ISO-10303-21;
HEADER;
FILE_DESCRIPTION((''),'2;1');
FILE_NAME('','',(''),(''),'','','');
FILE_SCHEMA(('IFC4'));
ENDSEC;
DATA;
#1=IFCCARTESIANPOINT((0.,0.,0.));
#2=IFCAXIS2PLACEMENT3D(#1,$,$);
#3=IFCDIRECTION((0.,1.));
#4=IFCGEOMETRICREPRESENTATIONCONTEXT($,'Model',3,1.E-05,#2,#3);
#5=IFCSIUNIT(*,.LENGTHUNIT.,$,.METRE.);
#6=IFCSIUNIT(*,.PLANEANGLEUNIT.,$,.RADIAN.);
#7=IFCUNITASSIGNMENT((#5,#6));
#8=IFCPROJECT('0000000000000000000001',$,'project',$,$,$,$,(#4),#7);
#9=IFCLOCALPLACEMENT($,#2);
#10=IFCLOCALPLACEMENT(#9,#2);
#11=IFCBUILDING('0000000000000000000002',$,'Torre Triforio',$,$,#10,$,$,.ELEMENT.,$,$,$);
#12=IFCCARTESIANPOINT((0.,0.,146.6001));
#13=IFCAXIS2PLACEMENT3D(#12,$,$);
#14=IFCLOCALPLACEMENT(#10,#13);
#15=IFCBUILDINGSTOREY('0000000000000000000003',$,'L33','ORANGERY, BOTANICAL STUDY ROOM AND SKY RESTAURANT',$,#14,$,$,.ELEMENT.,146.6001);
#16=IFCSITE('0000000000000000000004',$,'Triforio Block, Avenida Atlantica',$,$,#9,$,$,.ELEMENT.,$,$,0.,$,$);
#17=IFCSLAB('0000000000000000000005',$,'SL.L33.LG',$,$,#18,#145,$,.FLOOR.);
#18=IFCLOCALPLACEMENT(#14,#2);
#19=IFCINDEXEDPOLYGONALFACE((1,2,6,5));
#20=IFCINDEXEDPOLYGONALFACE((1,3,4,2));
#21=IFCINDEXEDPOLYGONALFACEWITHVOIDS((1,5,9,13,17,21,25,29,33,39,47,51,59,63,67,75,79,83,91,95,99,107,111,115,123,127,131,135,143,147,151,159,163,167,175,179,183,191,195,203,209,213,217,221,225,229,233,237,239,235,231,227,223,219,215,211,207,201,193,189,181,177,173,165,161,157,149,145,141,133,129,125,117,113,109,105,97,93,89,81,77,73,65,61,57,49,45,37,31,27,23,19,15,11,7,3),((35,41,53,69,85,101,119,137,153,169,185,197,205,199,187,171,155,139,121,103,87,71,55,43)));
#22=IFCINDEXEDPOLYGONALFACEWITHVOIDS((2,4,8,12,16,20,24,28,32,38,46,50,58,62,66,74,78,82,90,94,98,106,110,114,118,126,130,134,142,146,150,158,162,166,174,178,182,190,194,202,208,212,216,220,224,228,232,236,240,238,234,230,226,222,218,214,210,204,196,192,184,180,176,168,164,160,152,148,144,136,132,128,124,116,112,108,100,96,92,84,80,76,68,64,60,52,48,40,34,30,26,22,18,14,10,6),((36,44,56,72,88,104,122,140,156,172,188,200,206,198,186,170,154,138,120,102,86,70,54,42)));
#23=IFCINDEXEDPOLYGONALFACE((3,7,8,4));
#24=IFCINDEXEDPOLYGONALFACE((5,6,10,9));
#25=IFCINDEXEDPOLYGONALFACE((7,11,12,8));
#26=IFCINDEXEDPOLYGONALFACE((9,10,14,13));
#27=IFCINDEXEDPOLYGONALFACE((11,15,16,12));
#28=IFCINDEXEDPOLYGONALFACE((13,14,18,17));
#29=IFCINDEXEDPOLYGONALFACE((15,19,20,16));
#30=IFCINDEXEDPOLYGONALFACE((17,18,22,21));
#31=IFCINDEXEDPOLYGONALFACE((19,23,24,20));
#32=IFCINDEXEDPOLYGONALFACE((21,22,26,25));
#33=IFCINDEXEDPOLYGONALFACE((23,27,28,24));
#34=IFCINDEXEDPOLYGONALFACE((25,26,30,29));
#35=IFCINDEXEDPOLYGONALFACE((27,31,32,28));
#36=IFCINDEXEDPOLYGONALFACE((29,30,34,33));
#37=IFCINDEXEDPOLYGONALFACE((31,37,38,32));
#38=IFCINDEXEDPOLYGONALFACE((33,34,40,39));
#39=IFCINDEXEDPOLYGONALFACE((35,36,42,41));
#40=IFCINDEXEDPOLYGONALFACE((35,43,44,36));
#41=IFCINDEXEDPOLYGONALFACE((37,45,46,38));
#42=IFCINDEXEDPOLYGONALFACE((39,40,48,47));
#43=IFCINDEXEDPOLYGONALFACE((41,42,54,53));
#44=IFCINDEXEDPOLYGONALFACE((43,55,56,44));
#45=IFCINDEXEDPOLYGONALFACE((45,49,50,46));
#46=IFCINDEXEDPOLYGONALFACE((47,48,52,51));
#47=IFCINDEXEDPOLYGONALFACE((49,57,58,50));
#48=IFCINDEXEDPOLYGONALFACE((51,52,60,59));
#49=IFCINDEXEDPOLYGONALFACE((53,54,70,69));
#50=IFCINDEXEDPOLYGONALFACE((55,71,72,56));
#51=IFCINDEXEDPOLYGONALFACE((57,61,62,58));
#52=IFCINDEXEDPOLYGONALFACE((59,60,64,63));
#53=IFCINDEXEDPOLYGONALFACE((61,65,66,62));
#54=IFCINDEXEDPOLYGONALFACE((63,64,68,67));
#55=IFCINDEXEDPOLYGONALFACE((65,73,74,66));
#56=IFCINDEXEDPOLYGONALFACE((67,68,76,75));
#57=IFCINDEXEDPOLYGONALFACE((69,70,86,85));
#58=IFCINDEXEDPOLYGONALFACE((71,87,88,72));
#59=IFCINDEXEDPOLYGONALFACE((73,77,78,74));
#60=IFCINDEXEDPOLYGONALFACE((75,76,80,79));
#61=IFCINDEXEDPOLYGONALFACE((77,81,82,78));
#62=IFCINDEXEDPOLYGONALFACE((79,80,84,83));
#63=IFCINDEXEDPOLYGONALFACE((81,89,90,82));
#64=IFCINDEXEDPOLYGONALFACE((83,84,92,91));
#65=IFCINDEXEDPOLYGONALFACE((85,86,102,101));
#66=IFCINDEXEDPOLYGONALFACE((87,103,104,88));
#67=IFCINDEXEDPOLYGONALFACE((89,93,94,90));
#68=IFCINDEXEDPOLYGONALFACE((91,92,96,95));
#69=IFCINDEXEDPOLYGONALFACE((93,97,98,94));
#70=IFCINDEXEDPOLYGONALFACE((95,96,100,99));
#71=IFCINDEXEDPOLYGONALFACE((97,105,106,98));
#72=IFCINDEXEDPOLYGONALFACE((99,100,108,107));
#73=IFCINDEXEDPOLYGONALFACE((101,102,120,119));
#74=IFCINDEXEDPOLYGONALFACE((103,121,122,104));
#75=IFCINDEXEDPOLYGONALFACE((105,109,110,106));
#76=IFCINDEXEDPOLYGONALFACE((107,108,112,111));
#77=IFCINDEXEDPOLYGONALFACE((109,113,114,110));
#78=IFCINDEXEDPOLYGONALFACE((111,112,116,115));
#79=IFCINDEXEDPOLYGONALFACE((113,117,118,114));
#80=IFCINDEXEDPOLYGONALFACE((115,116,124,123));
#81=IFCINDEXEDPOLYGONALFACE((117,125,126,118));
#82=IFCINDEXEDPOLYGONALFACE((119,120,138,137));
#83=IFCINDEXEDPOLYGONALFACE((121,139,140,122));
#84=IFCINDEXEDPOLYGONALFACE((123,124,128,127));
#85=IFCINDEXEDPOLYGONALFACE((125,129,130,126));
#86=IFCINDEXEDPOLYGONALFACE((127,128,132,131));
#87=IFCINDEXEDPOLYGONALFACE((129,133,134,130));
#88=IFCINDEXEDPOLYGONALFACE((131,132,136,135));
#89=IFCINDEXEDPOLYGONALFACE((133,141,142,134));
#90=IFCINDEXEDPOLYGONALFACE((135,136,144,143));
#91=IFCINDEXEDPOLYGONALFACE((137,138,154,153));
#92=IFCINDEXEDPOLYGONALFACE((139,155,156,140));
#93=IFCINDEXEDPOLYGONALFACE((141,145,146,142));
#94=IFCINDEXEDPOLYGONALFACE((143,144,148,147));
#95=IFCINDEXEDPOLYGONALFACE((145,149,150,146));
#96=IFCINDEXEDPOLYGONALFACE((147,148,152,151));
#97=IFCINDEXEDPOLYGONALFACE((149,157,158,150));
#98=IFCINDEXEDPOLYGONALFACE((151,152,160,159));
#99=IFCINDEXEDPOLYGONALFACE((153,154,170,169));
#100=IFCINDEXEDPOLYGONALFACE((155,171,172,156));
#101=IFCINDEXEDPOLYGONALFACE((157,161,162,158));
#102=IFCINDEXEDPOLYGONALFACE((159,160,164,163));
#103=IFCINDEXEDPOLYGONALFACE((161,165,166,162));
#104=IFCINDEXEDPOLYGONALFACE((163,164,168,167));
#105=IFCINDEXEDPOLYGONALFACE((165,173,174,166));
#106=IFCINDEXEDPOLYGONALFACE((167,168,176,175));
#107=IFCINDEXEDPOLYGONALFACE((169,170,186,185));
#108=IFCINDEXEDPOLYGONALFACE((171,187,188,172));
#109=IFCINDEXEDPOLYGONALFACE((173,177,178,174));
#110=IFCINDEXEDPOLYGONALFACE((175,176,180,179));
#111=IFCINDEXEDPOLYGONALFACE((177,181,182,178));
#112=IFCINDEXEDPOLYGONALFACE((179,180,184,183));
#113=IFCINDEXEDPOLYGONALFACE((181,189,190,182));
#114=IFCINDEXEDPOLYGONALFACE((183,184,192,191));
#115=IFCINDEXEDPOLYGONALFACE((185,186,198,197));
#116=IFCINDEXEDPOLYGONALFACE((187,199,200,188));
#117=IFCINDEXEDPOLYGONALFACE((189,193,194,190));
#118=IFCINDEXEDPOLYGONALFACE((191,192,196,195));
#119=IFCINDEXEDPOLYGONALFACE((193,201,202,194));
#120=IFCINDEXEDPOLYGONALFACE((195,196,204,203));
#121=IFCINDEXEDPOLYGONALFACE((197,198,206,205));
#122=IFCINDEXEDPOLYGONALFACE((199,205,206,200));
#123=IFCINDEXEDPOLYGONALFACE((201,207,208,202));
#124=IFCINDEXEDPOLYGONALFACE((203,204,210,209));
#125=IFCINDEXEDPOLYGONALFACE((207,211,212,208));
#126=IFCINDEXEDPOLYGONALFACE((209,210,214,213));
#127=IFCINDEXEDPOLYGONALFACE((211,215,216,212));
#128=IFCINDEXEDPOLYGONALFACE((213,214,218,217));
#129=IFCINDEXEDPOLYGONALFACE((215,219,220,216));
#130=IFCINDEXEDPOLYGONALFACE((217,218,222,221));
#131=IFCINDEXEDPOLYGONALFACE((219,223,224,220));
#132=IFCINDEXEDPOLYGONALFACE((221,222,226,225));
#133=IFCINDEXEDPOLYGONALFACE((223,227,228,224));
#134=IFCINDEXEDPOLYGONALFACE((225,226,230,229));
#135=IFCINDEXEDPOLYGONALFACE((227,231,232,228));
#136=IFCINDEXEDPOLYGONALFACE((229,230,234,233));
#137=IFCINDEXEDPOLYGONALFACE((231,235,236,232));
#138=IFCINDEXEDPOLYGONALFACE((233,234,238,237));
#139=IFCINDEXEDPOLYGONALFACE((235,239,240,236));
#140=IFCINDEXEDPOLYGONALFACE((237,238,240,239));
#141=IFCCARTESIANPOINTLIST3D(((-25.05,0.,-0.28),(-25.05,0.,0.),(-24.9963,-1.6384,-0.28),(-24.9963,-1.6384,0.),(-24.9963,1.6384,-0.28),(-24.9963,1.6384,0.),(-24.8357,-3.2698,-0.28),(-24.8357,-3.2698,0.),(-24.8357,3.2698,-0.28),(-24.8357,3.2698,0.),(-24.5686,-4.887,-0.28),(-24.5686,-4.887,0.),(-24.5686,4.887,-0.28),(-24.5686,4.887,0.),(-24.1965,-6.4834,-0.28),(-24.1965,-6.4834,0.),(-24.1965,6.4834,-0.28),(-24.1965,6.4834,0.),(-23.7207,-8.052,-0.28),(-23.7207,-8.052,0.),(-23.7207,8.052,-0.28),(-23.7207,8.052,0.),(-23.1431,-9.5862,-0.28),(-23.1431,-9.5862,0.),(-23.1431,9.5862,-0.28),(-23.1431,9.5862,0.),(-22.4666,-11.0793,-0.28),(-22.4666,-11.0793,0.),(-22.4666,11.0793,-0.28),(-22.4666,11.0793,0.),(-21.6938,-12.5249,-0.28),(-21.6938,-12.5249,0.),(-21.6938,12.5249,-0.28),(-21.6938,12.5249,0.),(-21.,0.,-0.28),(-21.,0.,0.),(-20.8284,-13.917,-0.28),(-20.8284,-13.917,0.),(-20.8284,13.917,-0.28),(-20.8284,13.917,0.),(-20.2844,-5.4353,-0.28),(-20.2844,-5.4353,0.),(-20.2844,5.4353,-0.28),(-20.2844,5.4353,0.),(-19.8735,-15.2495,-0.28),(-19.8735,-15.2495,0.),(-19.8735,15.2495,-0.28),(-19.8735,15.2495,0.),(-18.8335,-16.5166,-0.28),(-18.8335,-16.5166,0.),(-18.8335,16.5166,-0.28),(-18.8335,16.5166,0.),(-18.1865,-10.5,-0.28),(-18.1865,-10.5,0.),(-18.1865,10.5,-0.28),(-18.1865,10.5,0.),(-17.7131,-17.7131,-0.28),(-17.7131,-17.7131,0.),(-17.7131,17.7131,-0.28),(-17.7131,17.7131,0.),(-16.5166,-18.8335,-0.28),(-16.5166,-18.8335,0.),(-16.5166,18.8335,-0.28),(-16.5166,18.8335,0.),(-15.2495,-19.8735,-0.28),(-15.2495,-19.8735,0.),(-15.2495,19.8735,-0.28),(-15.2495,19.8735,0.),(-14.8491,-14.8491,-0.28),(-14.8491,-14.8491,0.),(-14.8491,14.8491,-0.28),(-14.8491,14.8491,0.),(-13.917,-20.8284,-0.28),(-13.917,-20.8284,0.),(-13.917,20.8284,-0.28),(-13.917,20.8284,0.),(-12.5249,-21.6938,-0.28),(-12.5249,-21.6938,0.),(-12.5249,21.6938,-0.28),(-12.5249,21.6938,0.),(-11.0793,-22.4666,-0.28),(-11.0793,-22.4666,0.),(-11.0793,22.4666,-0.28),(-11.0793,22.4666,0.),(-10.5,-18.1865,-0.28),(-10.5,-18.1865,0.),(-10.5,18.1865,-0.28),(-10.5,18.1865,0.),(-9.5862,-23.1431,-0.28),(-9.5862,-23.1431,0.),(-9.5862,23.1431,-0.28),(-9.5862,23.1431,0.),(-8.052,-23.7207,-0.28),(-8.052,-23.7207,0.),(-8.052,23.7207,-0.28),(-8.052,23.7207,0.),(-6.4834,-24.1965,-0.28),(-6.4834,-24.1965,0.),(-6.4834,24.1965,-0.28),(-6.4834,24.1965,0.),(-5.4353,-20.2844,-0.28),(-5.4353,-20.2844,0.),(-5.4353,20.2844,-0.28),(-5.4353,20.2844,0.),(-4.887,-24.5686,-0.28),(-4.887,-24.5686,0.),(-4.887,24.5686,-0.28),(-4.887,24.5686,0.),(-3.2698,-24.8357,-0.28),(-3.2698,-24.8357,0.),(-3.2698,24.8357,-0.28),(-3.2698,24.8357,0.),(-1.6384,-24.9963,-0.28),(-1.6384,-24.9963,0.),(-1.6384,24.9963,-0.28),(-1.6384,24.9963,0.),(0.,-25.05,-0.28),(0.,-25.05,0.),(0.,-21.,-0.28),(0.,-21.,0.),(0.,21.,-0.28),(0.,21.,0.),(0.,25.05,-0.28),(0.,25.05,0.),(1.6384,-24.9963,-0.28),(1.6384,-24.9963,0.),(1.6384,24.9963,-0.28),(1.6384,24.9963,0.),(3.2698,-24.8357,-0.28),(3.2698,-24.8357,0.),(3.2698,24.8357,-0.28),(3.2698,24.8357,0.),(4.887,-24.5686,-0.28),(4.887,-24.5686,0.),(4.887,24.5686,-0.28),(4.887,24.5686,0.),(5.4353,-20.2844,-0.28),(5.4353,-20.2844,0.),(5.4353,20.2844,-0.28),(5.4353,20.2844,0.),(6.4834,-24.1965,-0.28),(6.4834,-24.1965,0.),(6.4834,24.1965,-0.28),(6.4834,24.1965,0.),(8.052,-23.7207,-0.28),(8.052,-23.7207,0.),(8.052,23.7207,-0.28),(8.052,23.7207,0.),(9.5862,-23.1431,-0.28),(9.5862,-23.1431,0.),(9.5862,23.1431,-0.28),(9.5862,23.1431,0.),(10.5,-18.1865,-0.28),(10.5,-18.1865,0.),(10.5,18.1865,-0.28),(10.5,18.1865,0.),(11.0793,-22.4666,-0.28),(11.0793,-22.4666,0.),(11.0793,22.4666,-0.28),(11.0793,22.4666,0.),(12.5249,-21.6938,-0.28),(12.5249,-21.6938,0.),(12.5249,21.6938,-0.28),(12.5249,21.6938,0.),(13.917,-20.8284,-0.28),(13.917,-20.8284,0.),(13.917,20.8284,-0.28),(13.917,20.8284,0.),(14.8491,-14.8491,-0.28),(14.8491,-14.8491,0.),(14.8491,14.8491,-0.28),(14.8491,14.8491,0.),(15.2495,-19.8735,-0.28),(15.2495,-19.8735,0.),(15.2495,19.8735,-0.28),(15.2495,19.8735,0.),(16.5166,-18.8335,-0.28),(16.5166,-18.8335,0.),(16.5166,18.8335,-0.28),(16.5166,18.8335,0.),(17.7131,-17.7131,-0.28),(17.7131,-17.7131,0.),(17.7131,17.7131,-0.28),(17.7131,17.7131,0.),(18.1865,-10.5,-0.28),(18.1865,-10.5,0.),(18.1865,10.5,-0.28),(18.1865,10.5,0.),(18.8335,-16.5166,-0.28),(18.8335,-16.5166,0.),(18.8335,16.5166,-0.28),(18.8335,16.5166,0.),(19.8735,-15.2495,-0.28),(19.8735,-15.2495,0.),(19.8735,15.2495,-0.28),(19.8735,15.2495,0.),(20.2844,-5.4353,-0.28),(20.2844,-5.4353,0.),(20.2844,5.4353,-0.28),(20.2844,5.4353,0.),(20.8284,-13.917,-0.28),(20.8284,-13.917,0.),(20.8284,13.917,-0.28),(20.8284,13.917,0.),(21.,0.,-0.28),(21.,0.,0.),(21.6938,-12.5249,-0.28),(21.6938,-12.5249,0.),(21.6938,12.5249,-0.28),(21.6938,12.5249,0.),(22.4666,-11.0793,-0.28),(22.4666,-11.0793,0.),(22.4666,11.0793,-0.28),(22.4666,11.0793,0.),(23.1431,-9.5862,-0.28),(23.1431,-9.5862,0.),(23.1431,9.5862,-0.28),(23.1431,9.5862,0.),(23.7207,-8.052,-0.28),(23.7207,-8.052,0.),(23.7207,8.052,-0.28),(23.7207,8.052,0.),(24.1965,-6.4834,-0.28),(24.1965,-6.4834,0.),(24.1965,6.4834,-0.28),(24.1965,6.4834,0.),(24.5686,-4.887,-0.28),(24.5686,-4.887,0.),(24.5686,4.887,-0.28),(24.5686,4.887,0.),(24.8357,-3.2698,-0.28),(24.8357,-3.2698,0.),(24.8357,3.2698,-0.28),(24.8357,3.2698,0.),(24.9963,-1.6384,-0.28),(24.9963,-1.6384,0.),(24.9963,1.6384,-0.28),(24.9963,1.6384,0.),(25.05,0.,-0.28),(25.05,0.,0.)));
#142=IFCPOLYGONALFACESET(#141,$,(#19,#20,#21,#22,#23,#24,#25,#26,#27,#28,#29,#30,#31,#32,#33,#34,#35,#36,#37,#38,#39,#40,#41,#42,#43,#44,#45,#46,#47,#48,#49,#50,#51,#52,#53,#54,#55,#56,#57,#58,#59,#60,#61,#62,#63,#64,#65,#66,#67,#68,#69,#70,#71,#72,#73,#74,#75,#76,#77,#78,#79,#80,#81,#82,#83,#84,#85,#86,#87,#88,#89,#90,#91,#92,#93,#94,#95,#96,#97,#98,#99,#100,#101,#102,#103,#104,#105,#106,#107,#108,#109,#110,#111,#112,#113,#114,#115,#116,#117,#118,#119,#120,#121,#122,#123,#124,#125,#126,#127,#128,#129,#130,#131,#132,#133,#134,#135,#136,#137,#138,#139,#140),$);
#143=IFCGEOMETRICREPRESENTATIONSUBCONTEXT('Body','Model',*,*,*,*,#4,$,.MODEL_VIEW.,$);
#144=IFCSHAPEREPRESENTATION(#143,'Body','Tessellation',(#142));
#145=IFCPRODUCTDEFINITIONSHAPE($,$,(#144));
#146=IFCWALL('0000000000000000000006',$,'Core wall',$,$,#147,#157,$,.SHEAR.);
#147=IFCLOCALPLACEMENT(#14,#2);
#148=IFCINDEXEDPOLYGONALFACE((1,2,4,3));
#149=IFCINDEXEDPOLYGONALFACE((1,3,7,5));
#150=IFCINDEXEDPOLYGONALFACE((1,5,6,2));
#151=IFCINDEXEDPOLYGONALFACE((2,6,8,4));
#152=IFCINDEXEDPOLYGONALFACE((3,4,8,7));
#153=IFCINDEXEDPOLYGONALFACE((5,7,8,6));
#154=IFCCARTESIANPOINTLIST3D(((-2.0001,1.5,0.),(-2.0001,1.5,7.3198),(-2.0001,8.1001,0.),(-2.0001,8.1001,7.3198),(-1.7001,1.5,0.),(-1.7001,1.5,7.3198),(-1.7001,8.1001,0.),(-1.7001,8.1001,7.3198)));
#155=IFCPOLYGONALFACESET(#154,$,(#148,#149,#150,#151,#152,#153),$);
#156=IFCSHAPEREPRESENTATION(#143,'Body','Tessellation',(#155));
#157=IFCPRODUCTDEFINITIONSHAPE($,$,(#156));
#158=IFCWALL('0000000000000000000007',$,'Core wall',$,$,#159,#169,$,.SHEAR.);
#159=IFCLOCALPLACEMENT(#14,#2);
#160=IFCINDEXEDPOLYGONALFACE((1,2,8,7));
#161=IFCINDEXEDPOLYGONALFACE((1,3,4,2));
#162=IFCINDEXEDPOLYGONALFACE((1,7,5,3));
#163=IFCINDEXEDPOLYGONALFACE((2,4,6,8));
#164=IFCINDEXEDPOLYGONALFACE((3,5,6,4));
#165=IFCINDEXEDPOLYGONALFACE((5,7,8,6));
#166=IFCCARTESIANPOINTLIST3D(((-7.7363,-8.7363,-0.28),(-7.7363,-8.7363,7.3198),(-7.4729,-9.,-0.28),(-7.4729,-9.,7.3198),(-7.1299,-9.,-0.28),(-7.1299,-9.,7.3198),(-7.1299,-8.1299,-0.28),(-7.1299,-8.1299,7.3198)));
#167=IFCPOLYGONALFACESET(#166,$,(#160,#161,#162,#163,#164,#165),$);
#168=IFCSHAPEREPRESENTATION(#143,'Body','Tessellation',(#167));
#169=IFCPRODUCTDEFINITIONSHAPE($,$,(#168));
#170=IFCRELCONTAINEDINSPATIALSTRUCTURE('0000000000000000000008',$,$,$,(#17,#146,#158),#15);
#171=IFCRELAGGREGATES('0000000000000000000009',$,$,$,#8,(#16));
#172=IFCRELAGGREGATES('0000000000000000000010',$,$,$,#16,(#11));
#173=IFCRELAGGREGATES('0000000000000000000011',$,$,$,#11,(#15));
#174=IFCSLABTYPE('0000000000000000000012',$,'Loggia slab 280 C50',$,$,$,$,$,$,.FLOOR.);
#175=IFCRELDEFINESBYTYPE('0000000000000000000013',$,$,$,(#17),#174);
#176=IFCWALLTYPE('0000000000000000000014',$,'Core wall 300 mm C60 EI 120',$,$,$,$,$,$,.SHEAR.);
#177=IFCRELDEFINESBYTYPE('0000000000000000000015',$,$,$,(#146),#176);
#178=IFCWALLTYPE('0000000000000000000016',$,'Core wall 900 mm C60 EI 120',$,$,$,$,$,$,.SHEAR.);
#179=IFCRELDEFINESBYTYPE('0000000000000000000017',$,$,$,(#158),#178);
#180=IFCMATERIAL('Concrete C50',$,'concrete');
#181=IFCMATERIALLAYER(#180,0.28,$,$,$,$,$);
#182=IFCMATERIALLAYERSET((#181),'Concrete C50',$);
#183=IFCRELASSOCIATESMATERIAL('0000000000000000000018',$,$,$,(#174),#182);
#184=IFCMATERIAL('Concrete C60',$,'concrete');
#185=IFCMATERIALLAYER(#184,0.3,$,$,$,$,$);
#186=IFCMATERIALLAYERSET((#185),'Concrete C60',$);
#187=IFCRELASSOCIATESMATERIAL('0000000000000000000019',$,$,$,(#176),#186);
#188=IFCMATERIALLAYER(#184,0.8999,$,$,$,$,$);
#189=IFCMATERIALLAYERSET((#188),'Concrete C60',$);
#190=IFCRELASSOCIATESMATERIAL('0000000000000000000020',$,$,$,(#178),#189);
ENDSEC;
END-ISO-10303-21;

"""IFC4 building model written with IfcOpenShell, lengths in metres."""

from ifc_helpers import new_model, si_unit, direction, frame, frame_2d, origin, place, context, subcontext, project, spatial, polyline, rectangle, outline, extrude, material, layer, layer_set, type_object, element, save


model = new_model("IFC4")

# Units and contexts
model_context = context("Model", 3, precision=1e-05, world=origin(), true_north=direction((0.0, 1.0)))
body_context = subcontext(model_context, "Body", "Model", "MODEL_VIEW")
ifc_project = project(units=[si_unit("LENGTHUNIT", "METRE"), si_unit("PLANEANGLEUNIT", "RADIAN")], contexts=[model_context])

# Site, building, storey
site_placement = place(None, origin())
site = spatial("IfcSite", under=ifc_project, at=site_placement, Name="Triforio Block, Avenida Atlantica", CompositionType="ELEMENT", RefElevation=0.0)
building_placement = place(site_placement, origin())
building = spatial("IfcBuilding", under=site, at=building_placement, Name="Torre Triforio", CompositionType="ELEMENT")
storey_placement = place(building_placement, frame((0.0, 0.0, 146.6001)))
storey = spatial("IfcBuildingStorey", under=building, at=storey_placement, Name="L33", Description="ORANGERY, BOTANICAL STUDY ROOM AND SKY RESTAURANT", CompositionType="ELEMENT", Elevation=146.6001)

# Shared definitions
ifc_material_1 = material(Name="Concrete C50", Category="concrete")

# Slab
ifc_material_2 = material(Name="Concrete C60", Category="concrete")
ifc_layer_1 = layer(ifc_material_1, 0.28)
ifc_layer_set_1 = layer_set([ifc_layer_1], Name="Concrete C50")
slab_type_1 = type_object("IfcSlabType", Name="Loggia slab 280 C50", PredefinedType="FLOOR", material=ifc_layer_set_1)
slab_1_placement = place(storey_placement, frame((0.0, 0.0, -0.28)))
element("IfcSlab", 1, at=slab_1_placement, inside=storey, type_object=slab_type_1, Name="SL.L33.LG", PredefinedType="FLOOR", context=body_context, shape_type="SweptSolid", body=[
    extrude(outline(polyline([(24.9963, -1.6384), (25.05, 0.0), (24.9963, 1.6384), (24.8357, 3.2698), (24.5686, 4.887), (24.1965, 6.4834), (23.7207, 8.052), (23.1431, 9.5862), (22.4666, 11.0793), (21.6938, 12.5249), (20.8284, 13.917), (19.8735, 15.2495), (18.8335, 16.5166), (17.7131, 17.7131), (16.5166, 18.8335), (15.2495, 19.8735), (13.917, 20.8284), (12.5249, 21.6938), (11.0793, 22.4666), (9.5862, 23.1431), (8.052, 23.7207), (6.4834, 24.1965), (4.887, 24.5686), (3.2698, 24.8357), (1.6384, 24.9963), (0.0, 25.05), (-1.6384, 24.9963), (-3.2698, 24.8357), (-4.887, 24.5686), (-6.4834, 24.1965), (-8.052, 23.7207), (-9.5862, 23.1431), (-11.0793, 22.4666), (-12.5249, 21.6938), (-13.917, 20.8284), (-15.2495, 19.8735), (-16.5166, 18.8335), (-17.7131, 17.7131), (-18.8335, 16.5166), (-19.8735, 15.2495), (-20.8284, 13.917), (-21.6938, 12.5249), (-22.4666, 11.0793), (-23.1431, 9.5862), (-23.7207, 8.052), (-24.1965, 6.4834), (-24.5686, 4.887), (-24.8357, 3.2698), (-24.9963, 1.6384), (-25.05, 0.0), (-24.9963, -1.6384), (-24.8357, -3.2698), (-24.5686, -4.887), (-24.1965, -6.4834), (-23.7207, -8.052), (-23.1431, -9.5862), (-22.4666, -11.0793), (-21.6938, -12.5249), (-20.8284, -13.917), (-19.8735, -15.2495), (-18.8335, -16.5166), (-17.7131, -17.7131), (-16.5166, -18.8335), (-15.2495, -19.8735), (-13.917, -20.8284), (-12.5249, -21.6938), (-11.0793, -22.4666), (-9.5862, -23.1431), (-8.052, -23.7207), (-6.4834, -24.1965), (-4.887, -24.5686), (-3.2698, -24.8357), (-1.6384, -24.9963), (0.0, -25.05), (1.6384, -24.9963), (3.2698, -24.8357), (4.887, -24.5686), (6.4834, -24.1965), (8.052, -23.7207), (9.5862, -23.1431), (11.0793, -22.4666), (12.5249, -21.6938), (13.917, -20.8284), (15.2495, -19.8735), (16.5166, -18.8335), (17.7131, -17.7131), (18.8335, -16.5166), (19.8735, -15.2495), (20.8284, -13.917), (21.6938, -12.5249), (22.4666, -11.0793), (23.1431, -9.5862), (23.7207, -8.052), (24.1965, -6.4834), (24.5686, -4.887), (24.8357, -3.2698), (24.9963, -1.6384)]), holes=[polyline([(20.2844, 5.4353), (21.0, 0.0), (20.2844, -5.4353), (18.1865, -10.5), (14.8491, -14.8491), (10.5, -18.1865), (5.4353, -20.2844), (0.0, -21.0), (-5.4353, -20.2844), (-10.5, -18.1865), (-14.8491, -14.8491), (-18.1865, -10.5), (-20.2844, -5.4353), (-21.0, 0.0), (-20.2844, 5.4353), (-18.1865, 10.5), (-14.8491, 14.8491), (-10.5, 18.1865), (-5.4353, 20.2844), (0.0, 21.0), (5.4353, 20.2844), (10.5, 18.1865), (14.8491, 14.8491), (18.1865, 10.5), (20.2844, 5.4353)])]), origin(), (0.0, 0.0, 1.0), 0.28),
])

# Walls
ifc_layer_2 = layer(ifc_material_2, 0.3)
ifc_layer_set_2 = layer_set([ifc_layer_2], Name="Concrete C60")
wall_type_1 = type_object("IfcWallType", Name="Core wall 300 mm C60 EI 120", PredefinedType="SHEAR", material=ifc_layer_set_2)
wall_1_placement = place(storey_placement, frame((-1.8501, 1.5, 0.0), z_axis=(0.0, 0.0, 1.0), x_axis=(0.0, 1.0, 0.0)))
element("IfcWall", 2, at=wall_1_placement, inside=storey, type_object=wall_type_1, Name="Core wall", PredefinedType="SHEAR", context=body_context, shape_type="SweptSolid", body=[
    extrude(rectangle(XDim=6.6001, YDim=0.3, at=frame_2d((3.3, 0.0))), origin(), (0.0, 0.0, 1.0), 7.3198),
])
ifc_layer_3 = layer(ifc_material_2, 0.8999)
ifc_layer_set_3 = layer_set([ifc_layer_3], Name="Concrete C60")
wall_type_2 = type_object("IfcWallType", Name="Core wall 900 mm C60 EI 120", PredefinedType="SHEAR", material=ifc_layer_set_3)
wall_2_placement = place(storey_placement, frame((0.0, 0.0, -0.28)))
element("IfcWall", 3, at=wall_2_placement, inside=storey, type_object=wall_type_2, Name="Core wall", PredefinedType="SHEAR", context=body_context, shape_type="SweptSolid", body=[
    extrude(outline(polyline([(-7.4729, -9.0), (-7.7363, -8.7363), (-7.1299, -8.1299), (-7.1299, -9.0), (-7.4729, -9.0)])), origin(), (0.0, 0.0, 1.0), 7.5999),
])

save(model, "model.ifc")
